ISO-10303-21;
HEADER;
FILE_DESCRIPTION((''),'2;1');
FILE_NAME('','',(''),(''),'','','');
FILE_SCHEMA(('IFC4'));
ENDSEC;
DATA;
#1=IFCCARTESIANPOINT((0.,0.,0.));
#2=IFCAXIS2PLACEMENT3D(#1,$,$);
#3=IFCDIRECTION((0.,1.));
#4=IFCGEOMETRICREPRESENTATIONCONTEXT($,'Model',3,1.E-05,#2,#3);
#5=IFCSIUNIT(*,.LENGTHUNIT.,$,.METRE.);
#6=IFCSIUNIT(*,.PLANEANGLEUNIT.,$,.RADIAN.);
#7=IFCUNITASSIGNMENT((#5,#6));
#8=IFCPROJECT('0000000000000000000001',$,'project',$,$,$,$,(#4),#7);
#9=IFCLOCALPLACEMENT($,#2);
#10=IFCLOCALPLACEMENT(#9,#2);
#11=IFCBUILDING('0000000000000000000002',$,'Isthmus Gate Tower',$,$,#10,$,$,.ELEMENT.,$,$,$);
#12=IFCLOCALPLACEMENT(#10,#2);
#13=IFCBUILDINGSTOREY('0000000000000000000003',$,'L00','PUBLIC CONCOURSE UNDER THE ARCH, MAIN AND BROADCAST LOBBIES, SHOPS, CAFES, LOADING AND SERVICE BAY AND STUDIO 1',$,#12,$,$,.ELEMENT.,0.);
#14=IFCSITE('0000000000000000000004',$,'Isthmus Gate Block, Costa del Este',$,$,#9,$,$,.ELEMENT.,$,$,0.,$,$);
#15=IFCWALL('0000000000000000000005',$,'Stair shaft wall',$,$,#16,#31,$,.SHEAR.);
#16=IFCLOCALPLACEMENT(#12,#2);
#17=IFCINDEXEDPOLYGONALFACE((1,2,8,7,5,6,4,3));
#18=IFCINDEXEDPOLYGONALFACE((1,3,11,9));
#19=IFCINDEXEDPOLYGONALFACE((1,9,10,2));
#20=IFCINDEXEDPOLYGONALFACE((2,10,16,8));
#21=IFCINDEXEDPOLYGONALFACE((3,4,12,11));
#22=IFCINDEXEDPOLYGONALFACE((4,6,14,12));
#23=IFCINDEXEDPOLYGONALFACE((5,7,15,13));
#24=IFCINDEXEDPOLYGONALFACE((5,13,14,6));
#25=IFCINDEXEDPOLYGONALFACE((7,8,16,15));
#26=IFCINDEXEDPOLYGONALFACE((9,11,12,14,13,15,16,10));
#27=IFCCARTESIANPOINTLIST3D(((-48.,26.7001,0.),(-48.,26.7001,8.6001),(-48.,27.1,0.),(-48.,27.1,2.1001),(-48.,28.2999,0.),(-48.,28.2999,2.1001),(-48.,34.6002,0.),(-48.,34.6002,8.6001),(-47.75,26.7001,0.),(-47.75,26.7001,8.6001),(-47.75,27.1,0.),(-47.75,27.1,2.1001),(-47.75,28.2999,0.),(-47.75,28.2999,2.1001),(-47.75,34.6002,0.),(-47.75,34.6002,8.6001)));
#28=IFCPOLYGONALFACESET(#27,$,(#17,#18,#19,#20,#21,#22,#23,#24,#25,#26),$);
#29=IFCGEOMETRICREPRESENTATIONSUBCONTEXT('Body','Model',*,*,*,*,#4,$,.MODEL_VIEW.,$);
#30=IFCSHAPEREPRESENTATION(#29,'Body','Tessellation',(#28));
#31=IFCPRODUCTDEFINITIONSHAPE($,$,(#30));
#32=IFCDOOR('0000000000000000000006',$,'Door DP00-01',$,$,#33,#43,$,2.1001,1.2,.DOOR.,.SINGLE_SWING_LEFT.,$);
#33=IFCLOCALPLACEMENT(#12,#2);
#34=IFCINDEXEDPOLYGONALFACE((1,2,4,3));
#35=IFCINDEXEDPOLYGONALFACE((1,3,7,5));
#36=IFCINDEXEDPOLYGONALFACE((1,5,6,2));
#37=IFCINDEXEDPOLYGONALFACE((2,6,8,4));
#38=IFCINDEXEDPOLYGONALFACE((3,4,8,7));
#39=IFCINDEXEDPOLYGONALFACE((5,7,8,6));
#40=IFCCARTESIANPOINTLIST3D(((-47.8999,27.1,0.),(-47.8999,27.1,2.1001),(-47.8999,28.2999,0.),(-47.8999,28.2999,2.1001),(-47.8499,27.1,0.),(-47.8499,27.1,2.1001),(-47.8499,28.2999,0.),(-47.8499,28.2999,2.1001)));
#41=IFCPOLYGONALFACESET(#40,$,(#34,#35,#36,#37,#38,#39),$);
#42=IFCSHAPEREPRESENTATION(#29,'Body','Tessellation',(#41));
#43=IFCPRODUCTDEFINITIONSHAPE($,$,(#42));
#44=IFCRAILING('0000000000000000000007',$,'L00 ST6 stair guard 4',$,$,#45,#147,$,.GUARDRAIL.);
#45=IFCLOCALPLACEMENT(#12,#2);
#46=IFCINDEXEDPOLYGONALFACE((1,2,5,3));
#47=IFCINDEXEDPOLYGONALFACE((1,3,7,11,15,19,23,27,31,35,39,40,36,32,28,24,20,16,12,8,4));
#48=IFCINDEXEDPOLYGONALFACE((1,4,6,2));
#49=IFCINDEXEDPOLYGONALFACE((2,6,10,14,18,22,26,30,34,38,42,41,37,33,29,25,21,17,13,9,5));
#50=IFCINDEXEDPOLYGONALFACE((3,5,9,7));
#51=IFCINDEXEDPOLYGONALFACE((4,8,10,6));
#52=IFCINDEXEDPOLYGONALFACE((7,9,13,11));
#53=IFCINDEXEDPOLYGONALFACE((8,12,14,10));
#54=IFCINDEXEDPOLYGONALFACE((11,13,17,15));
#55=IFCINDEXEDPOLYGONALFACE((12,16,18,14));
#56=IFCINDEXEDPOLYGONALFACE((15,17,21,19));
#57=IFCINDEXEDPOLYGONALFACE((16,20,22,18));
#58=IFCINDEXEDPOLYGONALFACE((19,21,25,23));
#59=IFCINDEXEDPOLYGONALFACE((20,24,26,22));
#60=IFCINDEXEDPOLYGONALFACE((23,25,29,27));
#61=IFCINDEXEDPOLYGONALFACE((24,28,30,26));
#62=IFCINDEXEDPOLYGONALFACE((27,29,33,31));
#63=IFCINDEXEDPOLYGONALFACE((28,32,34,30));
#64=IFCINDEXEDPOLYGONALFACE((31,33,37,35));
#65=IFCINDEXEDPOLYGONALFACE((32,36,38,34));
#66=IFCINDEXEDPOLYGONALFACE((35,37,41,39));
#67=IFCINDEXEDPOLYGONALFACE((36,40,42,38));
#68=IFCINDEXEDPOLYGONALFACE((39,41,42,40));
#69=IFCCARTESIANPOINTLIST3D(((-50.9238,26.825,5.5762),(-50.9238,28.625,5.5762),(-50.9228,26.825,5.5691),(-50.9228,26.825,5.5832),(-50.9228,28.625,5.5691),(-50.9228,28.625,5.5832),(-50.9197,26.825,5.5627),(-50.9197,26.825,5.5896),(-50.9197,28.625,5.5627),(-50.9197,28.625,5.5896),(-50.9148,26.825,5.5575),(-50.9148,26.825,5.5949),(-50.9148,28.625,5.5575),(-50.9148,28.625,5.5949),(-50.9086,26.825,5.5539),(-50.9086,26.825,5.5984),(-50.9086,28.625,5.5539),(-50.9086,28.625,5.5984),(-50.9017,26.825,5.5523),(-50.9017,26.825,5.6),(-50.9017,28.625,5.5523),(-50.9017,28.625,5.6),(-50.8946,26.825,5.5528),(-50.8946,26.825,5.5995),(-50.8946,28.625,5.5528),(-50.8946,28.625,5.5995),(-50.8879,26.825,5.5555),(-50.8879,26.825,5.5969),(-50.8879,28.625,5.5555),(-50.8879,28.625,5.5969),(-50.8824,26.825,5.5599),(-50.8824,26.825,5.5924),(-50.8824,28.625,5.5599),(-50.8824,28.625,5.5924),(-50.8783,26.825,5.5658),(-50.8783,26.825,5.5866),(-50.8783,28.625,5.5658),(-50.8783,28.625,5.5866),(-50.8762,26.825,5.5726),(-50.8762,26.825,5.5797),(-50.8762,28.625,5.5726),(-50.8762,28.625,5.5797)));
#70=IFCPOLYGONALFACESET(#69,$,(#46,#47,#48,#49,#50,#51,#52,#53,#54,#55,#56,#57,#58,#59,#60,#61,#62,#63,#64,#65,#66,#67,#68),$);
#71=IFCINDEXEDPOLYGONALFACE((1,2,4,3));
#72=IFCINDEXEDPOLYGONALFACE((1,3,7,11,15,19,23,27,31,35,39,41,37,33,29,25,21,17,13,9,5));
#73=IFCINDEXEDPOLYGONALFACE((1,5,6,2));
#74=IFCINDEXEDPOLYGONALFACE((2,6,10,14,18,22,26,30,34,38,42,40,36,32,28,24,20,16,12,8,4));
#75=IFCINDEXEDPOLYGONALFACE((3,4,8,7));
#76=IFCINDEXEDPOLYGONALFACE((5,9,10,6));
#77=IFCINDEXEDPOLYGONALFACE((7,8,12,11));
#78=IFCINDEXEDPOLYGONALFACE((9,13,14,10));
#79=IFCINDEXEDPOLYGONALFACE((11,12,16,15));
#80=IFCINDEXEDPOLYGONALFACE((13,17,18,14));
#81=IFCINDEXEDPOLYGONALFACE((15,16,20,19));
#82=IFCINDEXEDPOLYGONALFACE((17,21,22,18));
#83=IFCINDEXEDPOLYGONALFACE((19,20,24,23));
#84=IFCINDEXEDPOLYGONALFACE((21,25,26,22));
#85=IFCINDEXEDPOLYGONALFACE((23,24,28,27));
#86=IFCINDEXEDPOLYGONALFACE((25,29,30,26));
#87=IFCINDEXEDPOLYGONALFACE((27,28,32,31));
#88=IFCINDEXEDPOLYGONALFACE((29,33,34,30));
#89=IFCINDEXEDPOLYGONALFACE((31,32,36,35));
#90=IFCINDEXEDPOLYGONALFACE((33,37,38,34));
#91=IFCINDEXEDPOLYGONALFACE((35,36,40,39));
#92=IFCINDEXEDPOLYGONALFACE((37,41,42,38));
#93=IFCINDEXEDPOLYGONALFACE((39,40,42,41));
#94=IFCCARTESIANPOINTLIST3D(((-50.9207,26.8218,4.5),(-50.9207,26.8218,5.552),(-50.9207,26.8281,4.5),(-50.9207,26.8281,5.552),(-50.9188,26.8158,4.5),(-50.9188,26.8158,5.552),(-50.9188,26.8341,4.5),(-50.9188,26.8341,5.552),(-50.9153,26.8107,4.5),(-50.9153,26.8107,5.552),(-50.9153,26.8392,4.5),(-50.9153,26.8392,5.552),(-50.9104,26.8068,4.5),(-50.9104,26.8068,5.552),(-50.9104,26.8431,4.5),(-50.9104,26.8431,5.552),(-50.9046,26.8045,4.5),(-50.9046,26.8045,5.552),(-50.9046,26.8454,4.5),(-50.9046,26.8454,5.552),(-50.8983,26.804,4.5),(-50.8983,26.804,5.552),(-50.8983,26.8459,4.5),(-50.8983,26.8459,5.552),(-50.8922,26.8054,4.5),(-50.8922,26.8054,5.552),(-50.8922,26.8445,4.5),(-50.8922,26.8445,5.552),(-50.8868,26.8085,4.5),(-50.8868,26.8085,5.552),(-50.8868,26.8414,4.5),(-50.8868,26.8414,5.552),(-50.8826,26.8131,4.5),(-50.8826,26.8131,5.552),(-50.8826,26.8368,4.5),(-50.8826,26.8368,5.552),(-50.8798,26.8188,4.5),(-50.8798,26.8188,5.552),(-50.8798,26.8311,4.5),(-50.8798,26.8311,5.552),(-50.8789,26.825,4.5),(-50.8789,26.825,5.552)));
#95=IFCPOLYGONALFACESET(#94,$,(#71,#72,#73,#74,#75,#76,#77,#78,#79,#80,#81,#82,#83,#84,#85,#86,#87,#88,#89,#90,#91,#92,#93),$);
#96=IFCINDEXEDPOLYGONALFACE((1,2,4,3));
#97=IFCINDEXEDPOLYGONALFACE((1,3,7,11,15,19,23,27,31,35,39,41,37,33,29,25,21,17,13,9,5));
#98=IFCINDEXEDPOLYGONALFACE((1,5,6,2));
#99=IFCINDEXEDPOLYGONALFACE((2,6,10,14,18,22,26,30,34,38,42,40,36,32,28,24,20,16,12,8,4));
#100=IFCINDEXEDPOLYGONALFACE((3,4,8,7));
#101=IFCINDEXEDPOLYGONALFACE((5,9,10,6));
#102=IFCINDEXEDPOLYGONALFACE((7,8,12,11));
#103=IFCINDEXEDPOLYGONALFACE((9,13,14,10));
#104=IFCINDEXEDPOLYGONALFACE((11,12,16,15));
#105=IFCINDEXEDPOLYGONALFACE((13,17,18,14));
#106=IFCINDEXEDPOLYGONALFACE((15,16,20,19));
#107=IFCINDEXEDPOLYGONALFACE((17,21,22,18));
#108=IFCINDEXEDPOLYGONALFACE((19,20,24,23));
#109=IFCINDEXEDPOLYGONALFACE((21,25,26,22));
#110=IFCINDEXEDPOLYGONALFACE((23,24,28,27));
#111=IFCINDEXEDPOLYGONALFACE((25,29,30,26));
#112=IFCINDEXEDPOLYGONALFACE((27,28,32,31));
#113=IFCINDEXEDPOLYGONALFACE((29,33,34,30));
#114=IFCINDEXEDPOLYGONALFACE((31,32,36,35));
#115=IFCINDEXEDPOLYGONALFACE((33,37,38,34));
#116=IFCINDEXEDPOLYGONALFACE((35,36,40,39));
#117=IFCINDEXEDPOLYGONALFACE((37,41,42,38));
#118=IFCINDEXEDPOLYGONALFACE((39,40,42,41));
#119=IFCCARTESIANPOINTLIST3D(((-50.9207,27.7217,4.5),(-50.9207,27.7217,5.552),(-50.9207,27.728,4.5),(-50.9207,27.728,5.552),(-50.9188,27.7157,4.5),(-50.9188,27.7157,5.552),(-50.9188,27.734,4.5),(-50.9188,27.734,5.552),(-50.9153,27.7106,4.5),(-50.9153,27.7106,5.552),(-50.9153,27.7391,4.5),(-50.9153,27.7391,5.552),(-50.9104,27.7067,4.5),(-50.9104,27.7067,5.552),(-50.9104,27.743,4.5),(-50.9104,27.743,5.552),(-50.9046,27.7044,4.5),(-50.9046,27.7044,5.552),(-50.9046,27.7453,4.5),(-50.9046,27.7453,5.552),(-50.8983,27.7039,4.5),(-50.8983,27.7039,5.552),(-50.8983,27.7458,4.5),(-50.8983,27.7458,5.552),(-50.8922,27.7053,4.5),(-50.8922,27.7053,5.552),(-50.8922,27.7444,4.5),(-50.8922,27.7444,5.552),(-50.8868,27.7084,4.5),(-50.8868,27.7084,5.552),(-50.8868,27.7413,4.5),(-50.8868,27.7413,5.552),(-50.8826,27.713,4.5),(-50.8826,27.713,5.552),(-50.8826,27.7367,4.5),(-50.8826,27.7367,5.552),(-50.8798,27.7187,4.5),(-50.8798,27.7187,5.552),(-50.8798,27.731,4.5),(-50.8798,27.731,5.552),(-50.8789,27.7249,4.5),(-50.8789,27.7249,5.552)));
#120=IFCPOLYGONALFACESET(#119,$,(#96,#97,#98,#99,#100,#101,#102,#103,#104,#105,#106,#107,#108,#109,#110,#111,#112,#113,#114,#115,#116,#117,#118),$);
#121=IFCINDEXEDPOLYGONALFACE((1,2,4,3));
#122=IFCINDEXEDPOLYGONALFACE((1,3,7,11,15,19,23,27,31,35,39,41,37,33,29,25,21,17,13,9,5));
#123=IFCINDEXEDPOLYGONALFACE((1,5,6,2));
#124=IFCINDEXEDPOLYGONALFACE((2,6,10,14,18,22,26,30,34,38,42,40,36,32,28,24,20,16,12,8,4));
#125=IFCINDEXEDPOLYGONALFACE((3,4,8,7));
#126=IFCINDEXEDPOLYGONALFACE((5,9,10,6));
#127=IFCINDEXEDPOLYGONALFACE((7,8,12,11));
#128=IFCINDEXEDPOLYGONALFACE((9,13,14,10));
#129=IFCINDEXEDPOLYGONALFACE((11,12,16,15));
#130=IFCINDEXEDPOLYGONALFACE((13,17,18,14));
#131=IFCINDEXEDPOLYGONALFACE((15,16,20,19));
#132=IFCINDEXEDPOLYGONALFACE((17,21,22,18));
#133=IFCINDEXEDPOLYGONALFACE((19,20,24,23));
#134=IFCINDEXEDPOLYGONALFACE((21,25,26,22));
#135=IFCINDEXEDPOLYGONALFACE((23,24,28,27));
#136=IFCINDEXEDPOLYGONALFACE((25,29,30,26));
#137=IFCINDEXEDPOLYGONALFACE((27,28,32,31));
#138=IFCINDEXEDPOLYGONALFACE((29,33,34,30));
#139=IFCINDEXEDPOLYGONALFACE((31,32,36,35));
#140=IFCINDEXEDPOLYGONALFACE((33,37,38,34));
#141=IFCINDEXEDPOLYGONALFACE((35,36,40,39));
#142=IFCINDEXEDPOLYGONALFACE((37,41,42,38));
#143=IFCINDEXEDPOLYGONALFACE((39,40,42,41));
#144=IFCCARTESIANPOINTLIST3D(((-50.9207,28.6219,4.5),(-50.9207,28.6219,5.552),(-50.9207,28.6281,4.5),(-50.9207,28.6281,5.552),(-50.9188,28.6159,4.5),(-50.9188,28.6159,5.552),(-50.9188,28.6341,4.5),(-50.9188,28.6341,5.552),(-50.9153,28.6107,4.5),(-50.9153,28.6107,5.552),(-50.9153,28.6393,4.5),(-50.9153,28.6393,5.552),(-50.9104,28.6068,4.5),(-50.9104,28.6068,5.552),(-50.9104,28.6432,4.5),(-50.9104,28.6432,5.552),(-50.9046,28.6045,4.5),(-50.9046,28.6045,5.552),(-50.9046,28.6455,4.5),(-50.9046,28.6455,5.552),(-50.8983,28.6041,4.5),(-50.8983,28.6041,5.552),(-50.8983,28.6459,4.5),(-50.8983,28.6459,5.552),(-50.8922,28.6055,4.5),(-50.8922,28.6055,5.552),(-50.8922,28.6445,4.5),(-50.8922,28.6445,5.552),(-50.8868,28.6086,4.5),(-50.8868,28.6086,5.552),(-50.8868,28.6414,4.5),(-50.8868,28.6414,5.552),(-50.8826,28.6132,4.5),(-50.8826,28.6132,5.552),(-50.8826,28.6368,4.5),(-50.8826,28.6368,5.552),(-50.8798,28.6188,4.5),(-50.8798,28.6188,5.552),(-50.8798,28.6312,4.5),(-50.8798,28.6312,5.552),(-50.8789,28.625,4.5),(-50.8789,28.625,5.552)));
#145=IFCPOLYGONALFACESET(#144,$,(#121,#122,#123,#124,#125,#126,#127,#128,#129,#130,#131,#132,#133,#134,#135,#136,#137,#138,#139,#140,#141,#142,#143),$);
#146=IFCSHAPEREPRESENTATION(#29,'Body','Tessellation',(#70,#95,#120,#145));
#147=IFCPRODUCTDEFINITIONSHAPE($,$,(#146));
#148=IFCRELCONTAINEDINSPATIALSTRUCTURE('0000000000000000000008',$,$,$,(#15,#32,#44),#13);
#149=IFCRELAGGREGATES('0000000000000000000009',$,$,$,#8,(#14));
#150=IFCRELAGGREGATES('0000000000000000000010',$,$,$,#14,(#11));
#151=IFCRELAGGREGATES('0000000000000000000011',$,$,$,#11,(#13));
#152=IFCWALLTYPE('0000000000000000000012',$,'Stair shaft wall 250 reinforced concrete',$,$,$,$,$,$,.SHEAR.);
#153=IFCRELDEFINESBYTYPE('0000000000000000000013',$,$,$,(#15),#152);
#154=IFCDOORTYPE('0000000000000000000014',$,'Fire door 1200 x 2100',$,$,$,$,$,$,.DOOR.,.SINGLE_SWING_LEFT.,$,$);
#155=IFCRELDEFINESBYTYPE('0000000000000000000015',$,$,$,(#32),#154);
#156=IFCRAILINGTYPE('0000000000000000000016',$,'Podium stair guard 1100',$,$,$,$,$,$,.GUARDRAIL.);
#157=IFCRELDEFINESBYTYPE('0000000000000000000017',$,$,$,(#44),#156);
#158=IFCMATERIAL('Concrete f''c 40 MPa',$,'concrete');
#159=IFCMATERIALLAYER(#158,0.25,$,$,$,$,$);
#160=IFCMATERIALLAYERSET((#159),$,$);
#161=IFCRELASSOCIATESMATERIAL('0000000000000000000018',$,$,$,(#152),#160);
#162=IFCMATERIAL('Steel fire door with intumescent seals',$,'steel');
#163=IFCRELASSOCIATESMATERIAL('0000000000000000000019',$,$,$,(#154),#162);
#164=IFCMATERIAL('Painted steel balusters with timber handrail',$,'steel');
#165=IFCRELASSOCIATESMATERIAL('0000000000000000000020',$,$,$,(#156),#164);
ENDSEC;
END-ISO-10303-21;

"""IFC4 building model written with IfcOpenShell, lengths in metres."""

from ifc_helpers import new_model, si_unit, direction, frame, frame_2d, origin, origin_2d, place, context, subcontext, project, spatial, rectangle, circle, extrude, material, layer, layer_set, type_object, element, fill, save


model = new_model("IFC4")

# Units and contexts
model_context = context("Model", 3, precision=1e-05, world=origin(), true_north=direction((0.0, 1.0)))
body_context = subcontext(model_context, "Body", "Model", "MODEL_VIEW")
ifc_project = project(units=[si_unit("LENGTHUNIT", "METRE"), si_unit("PLANEANGLEUNIT", "RADIAN")], contexts=[model_context])

# Site, building, storey
site_placement = place(None, origin())
site = spatial("IfcSite", under=ifc_project, at=site_placement, Name="Isthmus Gate Block, Costa del Este", CompositionType="ELEMENT", RefElevation=0.0)
building_placement = place(site_placement, origin())
building = spatial("IfcBuilding", under=site, at=building_placement, Name="Isthmus Gate Tower", CompositionType="ELEMENT")
storey_placement = place(building_placement, origin())
storey = spatial("IfcBuildingStorey", under=building, at=storey_placement, Name="L00", Description="PUBLIC CONCOURSE UNDER THE ARCH, MAIN AND BROADCAST LOBBIES, SHOPS, CAFES, LOADING AND SERVICE BAY AND STUDIO 1", CompositionType="ELEMENT", Elevation=0.0)

# Shared definitions
ifc_material_1 = material(Name="Concrete f'c 40 MPa", Category="concrete")
ifc_layer_1 = layer(ifc_material_1, 0.25)
ifc_layer_set_1 = layer_set([ifc_layer_1])
wall_type_1 = type_object("IfcWallType", Name="Stair shaft wall 250 reinforced concrete", PredefinedType="SHEAR", material=ifc_layer_set_1)

# Wall, opening, door
wall_1_placement = place(storey_placement, frame((-47.875, 26.7, 0.0), z_axis=(0.0, 0.0, 1.0), x_axis=(0.0, 1.0, 0.0)))
wall_1 = element("IfcWall", 1, at=wall_1_placement, inside=storey, type_object=wall_type_1, Name="Stair shaft wall", PredefinedType="SHEAR", context=body_context, shape_type="SweptSolid", body=[
    extrude(rectangle(XDim=7.9001, YDim=0.25, at=frame_2d((3.9502, 0.0))), origin(), (0.0, 0.0, 1.0), 8.6001),
])
opening_1_placement = place(wall_1_placement, frame((0.3999, 0.0, 0.0)))
opening_1 = element("IfcOpeningElement", 2, at=opening_1_placement, cuts=wall_1, PredefinedType="OPENING", context=body_context, shape_type="SweptSolid", body=[
    extrude(rectangle(XDim=1.2, YDim=2.1001, at=frame_2d((0.6001, 1.05))), frame((0.0, 0.135, 0.0), z_axis=(0.0, -1.0, 0.0), x_axis=(1.0, 0.0, 0.0)), (0.0, 0.0, 1.0), 0.27),
])
ifc_material_2 = material(Name="Steel fire door with intumescent seals", Category="steel")
door_type_1 = type_object("IfcDoorType", Name="Fire door 1200 x 2100", OperationType="SINGLE_SWING_LEFT", PredefinedType="DOOR", material=ifc_material_2)
door_1_placement = place(opening_1_placement, origin())
door_1 = element("IfcDoor", 3, at=door_1_placement, inside=storey, type_object=door_type_1, Name="Door DP00-01", OperationType="SINGLE_SWING_LEFT", OverallHeight=2.1001, OverallWidth=1.2, PredefinedType="DOOR", context=body_context, shape_type="SweptSolid", body=[
    extrude(rectangle(XDim=1.2, YDim=2.1001, at=frame_2d((0.6001, 1.05))), frame((0.0, 0.0249, 0.0), z_axis=(0.0, -1.0, 0.0), x_axis=(1.0, 0.0, 0.0)), (0.0, 0.0, 1.0), 0.05),
])
fill(opening_1, door_1)

# Railing
ifc_material_3 = material(Name="Painted steel balusters with timber handrail", Category="steel")
railing_type = type_object("IfcRailingType", Name="Podium stair guard 1100", PredefinedType="GUARDRAIL", material=ifc_material_3)
for number, where, name in (
    (4, (-50.8999, 26.825, 4.5), "L00 ST6 stair guard 4"),
):
    element("IfcRailing", number, at=place(storey_placement, frame(where)), inside=storey, type_object=railing_type, Name=name, PredefinedType="GUARDRAIL", context=body_context, shape_type="SweptSolid", body=[
        extrude(circle(Radius=0.0239, at=origin_2d()), frame((0.0, 0.0, 1.0762), z_axis=(0.0, 1.0, 0.0), x_axis=(-1.0, 0.0, 0.0)), (0.0, 0.0, 1.0), 1.8),
        extrude(circle(Radius=0.021, at=origin_2d()), origin(), (0.0, 0.0, 1.0), 1.052),
        extrude(circle(Radius=0.021, at=origin_2d()), frame((0.0, 0.8999, 0.0)), (0.0, 0.0, 1.0), 1.052),
        extrude(circle(Radius=0.021, at=origin_2d()), frame((0.0, 1.8, 0.0)), (0.0, 0.0, 1.0), 1.052),
    ])

save(model, "model.ifc")
